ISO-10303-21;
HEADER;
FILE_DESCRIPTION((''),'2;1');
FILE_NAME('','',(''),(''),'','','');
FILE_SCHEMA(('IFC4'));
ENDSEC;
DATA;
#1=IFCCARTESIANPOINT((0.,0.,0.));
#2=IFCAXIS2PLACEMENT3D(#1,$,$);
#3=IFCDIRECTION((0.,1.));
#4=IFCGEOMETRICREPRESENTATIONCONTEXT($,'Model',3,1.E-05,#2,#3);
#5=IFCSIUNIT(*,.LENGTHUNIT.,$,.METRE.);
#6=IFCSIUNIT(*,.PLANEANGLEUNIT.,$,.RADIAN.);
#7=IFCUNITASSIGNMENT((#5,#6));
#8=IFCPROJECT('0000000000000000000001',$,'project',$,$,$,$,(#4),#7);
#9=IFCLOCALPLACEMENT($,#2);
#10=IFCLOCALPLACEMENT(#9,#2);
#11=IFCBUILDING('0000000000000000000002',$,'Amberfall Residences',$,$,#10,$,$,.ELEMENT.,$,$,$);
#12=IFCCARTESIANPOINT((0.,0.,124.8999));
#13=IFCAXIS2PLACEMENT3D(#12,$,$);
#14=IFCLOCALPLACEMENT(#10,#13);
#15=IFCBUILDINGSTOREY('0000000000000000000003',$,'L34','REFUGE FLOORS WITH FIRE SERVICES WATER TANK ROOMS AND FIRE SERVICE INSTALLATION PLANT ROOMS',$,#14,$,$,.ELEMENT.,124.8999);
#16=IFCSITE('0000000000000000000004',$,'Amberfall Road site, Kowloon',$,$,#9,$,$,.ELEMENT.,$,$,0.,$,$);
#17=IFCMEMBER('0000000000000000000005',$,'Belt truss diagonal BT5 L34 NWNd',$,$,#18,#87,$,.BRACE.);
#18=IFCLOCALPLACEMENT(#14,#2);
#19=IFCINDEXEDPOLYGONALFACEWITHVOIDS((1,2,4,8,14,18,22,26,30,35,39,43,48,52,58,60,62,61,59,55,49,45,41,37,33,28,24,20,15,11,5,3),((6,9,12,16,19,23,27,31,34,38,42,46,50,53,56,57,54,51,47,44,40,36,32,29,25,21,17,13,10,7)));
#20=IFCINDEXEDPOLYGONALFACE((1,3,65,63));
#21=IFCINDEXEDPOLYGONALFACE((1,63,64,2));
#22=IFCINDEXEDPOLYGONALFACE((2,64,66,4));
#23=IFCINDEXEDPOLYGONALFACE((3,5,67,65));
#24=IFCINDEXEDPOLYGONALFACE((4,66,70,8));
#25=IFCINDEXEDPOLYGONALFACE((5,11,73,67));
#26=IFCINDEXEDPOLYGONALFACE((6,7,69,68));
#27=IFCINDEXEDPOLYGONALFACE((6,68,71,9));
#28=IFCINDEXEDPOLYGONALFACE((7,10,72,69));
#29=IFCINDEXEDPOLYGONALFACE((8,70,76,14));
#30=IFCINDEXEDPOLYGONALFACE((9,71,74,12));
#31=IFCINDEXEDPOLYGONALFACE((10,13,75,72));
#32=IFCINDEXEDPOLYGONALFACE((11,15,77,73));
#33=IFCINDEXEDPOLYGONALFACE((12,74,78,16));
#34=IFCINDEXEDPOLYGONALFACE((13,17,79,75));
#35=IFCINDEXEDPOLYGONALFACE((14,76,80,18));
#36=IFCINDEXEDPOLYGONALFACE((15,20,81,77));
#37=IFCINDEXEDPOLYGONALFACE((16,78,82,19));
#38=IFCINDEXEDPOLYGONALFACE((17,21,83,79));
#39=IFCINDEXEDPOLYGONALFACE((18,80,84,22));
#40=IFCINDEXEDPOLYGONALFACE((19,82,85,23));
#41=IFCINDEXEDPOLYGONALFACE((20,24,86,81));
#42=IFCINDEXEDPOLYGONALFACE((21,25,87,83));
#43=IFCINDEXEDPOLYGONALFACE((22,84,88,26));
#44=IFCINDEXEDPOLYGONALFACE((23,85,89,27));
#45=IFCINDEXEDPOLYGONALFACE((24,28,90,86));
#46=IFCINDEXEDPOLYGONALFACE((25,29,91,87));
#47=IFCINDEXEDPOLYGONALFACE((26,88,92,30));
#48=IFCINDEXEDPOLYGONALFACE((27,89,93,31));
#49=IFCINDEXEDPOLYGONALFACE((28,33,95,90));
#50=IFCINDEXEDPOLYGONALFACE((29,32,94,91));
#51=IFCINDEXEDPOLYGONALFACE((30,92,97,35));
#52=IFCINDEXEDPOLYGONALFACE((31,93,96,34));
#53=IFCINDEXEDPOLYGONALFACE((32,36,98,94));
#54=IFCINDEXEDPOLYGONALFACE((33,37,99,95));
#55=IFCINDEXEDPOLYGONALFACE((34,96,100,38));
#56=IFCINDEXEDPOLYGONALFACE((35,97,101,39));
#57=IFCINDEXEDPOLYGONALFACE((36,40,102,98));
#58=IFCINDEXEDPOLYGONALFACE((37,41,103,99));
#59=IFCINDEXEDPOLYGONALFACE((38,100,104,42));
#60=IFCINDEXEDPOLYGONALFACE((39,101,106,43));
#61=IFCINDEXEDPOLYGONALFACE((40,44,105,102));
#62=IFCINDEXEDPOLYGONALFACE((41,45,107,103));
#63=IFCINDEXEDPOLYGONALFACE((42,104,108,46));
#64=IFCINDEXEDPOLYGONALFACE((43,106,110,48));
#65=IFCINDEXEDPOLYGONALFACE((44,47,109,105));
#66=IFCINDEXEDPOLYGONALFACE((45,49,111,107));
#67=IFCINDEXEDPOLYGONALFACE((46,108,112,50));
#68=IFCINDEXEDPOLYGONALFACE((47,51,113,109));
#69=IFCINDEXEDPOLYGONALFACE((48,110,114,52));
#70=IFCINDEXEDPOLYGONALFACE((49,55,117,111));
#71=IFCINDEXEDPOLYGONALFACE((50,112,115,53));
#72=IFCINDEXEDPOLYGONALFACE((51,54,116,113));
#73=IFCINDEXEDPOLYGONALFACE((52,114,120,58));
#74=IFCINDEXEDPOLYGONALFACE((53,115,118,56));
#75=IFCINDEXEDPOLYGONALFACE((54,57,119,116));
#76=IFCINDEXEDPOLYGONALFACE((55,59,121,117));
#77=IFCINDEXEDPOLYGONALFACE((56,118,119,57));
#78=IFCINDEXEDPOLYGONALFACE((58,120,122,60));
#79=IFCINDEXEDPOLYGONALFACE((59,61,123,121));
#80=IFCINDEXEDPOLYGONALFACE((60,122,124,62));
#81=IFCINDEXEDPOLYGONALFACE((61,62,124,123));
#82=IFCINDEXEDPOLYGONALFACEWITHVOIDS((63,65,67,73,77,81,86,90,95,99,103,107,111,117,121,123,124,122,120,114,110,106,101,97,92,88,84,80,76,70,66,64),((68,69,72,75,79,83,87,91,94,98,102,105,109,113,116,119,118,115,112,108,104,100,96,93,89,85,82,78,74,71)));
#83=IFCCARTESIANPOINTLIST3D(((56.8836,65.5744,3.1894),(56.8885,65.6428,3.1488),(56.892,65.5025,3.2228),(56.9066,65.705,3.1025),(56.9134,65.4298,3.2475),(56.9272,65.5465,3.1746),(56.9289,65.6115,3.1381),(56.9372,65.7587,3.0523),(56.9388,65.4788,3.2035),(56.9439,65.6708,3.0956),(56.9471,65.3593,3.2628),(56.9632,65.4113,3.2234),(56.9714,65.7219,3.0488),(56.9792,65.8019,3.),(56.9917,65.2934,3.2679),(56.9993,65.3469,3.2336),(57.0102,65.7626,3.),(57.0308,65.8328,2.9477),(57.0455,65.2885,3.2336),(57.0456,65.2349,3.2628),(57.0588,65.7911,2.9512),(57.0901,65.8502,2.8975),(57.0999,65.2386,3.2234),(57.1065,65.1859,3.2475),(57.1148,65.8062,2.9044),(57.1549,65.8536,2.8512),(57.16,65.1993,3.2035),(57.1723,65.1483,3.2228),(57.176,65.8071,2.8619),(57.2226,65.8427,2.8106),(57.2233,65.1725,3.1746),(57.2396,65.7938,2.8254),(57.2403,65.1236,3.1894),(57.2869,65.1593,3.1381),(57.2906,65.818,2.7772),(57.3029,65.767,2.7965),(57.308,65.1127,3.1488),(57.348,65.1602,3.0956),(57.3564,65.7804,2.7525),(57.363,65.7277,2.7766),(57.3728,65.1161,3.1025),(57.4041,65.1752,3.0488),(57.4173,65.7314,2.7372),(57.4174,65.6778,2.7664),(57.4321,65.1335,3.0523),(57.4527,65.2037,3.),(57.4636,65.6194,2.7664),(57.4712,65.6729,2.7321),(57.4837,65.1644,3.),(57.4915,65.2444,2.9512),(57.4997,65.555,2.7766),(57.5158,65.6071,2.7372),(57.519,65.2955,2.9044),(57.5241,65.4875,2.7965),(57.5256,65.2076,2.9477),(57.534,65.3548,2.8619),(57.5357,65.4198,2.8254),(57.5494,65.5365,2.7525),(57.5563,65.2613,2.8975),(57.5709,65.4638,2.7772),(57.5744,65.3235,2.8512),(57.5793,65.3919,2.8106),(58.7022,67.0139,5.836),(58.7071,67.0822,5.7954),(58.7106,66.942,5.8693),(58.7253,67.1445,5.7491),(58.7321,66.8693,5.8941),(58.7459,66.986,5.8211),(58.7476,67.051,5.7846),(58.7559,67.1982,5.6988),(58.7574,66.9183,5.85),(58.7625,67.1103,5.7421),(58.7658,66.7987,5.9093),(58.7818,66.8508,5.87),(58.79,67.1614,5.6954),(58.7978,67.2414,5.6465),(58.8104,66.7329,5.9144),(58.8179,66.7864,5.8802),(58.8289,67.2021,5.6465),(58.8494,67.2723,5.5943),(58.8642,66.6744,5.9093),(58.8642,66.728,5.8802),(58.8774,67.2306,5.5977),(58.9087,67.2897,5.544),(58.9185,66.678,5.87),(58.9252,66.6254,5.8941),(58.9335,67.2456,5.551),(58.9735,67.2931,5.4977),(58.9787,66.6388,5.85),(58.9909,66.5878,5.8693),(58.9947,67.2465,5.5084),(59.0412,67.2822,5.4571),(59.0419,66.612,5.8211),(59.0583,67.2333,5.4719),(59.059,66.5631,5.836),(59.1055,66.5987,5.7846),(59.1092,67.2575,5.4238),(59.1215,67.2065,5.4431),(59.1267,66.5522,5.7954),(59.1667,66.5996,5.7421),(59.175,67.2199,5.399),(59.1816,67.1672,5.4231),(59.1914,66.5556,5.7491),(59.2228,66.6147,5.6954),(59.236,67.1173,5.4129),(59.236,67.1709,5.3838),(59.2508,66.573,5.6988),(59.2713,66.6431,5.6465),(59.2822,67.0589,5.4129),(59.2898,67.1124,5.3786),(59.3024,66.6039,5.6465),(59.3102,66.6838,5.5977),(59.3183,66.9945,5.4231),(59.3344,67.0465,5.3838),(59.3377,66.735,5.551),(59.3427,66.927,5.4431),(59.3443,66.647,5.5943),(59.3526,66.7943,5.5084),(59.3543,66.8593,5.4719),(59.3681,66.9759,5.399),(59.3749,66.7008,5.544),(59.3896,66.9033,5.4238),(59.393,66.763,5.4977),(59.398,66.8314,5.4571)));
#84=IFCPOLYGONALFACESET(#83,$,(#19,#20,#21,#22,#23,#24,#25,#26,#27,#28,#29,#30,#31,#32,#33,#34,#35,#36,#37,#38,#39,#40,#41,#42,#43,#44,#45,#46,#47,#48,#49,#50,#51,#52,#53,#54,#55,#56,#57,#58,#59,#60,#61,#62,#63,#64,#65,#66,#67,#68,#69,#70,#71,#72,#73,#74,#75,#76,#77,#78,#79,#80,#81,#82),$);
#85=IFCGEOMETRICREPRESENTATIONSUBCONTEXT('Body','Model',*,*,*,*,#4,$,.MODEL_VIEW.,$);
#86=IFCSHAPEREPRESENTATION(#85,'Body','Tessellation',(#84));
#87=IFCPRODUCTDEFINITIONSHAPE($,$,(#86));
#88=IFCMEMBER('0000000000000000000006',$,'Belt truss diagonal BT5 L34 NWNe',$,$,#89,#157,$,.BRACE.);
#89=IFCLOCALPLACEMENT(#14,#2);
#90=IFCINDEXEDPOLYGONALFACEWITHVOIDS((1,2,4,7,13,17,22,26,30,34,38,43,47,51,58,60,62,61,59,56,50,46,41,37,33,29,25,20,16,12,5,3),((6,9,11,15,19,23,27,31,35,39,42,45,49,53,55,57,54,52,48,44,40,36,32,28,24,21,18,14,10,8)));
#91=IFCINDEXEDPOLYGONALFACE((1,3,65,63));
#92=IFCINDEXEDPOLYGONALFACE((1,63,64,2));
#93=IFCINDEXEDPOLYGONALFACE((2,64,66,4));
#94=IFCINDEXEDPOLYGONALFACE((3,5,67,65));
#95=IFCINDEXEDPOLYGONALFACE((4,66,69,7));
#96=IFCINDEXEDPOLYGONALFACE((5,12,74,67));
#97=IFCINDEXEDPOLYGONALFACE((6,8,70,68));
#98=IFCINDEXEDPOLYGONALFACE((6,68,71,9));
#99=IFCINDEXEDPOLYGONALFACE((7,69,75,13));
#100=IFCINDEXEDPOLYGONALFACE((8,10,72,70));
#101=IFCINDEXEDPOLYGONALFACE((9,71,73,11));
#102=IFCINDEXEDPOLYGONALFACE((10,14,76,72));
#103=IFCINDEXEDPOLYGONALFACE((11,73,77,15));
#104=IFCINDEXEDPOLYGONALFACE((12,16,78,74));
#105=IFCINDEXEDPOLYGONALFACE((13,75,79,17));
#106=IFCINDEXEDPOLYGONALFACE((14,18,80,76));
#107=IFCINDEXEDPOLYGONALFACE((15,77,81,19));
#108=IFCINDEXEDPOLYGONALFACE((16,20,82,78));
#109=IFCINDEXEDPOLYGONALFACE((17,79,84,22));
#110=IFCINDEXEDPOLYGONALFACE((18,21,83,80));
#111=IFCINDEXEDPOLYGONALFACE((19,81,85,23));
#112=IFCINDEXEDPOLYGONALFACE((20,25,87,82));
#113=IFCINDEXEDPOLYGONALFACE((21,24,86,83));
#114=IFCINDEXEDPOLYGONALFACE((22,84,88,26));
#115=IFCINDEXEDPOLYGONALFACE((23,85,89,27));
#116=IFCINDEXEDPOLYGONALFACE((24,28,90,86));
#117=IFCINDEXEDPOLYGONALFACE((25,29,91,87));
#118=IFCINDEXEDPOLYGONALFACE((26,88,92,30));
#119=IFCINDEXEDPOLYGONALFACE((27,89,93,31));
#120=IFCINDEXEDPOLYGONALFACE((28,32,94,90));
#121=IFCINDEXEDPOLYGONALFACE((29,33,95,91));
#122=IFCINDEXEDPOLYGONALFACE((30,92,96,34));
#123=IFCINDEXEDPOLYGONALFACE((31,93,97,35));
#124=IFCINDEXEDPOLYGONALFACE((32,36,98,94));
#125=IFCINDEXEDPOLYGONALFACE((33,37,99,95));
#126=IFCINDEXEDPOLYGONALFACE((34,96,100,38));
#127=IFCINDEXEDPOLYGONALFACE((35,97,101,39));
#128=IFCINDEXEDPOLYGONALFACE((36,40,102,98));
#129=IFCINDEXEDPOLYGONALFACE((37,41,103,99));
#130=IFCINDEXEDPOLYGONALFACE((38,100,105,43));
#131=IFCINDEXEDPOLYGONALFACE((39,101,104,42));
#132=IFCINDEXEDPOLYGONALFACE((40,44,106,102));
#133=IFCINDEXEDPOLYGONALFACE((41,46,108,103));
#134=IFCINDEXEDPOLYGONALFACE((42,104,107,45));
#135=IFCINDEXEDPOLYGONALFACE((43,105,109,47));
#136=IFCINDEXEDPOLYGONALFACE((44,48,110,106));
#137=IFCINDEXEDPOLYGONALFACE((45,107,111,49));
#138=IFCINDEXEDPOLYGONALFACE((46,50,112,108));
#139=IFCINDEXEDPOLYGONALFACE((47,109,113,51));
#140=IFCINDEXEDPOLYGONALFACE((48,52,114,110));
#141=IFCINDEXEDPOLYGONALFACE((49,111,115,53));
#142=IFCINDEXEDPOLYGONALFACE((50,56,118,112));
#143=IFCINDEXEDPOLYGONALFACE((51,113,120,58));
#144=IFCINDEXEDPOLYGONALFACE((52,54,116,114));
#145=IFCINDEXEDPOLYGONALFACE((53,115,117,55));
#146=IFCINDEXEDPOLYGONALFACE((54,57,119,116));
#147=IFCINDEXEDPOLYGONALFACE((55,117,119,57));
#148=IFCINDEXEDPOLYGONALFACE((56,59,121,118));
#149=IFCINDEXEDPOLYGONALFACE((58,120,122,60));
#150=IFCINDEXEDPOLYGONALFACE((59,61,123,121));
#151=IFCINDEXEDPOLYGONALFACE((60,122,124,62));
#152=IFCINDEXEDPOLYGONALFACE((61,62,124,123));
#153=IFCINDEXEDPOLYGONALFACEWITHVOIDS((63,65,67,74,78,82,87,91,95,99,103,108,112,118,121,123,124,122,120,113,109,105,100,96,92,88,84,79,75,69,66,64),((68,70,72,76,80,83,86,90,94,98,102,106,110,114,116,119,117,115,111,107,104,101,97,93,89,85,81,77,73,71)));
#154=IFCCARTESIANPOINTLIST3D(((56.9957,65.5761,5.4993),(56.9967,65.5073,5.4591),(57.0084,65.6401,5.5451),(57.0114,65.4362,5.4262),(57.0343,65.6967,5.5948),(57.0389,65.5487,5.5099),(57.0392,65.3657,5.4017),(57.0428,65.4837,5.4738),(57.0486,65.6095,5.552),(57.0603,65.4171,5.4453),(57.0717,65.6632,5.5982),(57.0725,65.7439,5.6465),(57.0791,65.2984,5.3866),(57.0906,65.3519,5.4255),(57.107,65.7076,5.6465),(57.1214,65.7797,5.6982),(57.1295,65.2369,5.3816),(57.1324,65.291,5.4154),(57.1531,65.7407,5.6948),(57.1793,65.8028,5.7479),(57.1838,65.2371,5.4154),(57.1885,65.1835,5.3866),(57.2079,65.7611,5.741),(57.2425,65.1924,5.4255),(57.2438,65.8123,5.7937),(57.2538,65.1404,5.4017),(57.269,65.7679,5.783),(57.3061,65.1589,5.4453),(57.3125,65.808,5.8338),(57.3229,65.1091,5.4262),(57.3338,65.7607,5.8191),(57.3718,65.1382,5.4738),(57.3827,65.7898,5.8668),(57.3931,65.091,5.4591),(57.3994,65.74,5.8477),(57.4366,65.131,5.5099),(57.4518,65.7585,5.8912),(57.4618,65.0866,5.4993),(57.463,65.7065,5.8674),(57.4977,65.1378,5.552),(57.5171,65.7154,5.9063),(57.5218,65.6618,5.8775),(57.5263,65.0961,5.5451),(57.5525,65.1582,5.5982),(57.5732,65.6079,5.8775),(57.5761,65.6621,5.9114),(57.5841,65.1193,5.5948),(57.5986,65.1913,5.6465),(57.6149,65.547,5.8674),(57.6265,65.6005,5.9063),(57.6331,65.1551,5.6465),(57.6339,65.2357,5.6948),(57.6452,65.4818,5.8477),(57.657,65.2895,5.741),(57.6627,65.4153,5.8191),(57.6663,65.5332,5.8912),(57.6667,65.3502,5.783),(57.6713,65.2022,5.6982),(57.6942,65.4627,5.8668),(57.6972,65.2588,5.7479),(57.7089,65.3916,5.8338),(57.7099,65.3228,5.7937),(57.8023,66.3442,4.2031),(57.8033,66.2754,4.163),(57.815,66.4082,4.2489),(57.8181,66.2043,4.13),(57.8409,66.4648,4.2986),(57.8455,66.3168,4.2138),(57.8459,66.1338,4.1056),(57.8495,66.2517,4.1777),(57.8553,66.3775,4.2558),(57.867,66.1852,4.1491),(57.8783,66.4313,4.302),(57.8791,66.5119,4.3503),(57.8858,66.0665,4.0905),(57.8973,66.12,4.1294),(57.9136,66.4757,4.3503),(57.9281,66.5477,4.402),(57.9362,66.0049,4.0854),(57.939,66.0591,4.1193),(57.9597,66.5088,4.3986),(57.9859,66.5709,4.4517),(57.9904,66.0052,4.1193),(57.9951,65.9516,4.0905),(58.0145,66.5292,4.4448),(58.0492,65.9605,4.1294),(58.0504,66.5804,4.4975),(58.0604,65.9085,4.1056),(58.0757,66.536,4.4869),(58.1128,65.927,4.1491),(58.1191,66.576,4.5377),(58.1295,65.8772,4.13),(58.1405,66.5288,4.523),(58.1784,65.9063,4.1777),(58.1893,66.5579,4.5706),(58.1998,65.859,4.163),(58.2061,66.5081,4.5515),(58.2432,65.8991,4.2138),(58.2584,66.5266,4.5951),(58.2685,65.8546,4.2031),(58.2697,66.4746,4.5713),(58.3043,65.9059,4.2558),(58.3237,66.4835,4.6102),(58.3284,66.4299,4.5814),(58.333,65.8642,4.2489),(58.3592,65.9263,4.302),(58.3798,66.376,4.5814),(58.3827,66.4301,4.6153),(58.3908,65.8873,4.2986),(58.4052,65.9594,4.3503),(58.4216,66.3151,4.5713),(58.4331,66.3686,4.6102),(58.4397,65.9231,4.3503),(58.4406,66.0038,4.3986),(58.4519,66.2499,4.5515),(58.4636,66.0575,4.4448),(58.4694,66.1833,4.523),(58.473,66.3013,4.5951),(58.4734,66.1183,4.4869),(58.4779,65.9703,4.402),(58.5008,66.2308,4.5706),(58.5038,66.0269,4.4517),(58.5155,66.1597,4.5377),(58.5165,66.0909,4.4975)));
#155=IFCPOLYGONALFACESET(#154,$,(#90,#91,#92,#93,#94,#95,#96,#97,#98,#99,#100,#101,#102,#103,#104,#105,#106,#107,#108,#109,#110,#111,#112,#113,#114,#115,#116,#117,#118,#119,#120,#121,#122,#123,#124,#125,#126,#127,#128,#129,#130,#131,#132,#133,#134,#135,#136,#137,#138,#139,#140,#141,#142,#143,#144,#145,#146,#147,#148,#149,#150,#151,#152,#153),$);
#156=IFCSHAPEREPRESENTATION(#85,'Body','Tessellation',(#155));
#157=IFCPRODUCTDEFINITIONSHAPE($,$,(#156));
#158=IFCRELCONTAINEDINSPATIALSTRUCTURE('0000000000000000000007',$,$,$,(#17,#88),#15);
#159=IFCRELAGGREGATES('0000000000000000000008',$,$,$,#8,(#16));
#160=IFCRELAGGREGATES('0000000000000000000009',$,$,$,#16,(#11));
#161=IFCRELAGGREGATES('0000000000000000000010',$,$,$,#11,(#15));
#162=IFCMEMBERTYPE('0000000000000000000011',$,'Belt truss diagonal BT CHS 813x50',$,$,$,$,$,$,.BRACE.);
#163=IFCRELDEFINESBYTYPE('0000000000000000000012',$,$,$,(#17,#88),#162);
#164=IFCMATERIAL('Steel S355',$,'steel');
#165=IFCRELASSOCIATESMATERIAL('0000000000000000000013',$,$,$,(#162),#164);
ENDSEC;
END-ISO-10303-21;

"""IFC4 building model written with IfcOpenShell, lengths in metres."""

from ifc_helpers import new_model, si_unit, direction, frame, origin, origin_2d, place, context, subcontext, project, spatial, hollow_circle, extrude, material, material_profile, profile_set, type_object, element, save


model = new_model("IFC4")

# Units and contexts
model_context = context("Model", 3, precision=1e-05, world=origin(), true_north=direction((0.0, 1.0)))
body_context = subcontext(model_context, "Body", "Model", "MODEL_VIEW")
ifc_project = project(units=[si_unit("LENGTHUNIT", "METRE"), si_unit("PLANEANGLEUNIT", "RADIAN")], contexts=[model_context])

# Site, building, storey
site_placement = place(None, origin())
site = spatial("IfcSite", under=ifc_project, at=site_placement, Name="Amberfall Road site, Kowloon", CompositionType="ELEMENT", RefElevation=0.0)
building_placement = place(site_placement, origin())
building = spatial("IfcBuilding", under=site, at=building_placement, Name="Amberfall Residences", CompositionType="ELEMENT")
storey_placement = place(building_placement, frame((0.0, 0.0, 124.8999)))
storey = spatial("IfcBuildingStorey", under=building, at=storey_placement, Name="L34", Description="REFUGE FLOORS WITH FIRE SERVICES WATER TANK ROOMS AND FIRE SERVICE INSTALLATION PLANT ROOMS", CompositionType="ELEMENT", Elevation=124.8999)

# Shared definitions
ifc_material_1 = material(Name="Steel S355", Category="steel")

# Members
ifc_material_profile_1 = material_profile(ifc_material_1, hollow_circle(Radius=0.4065, WallThickness=0.05, at=origin_2d()), Name="CHS 813x50")
ifc_profile_set_1 = profile_set([ifc_material_profile_1], Name="Steel S355")
member_type = type_object("IfcMemberType", Name="Belt truss diagonal BT CHS 813x50", PredefinedType="BRACE", material=ifc_profile_set_1)
member_1_placement = place(storey_placement, frame((57.2314, 65.4832, 3.0), z_axis=(0.516798, 0.409054, 0.75206), x_axis=(-0.62063, 0.784103, 0.0)))
element("IfcMember", 1, at=member_1_placement, inside=storey, type_object=member_type, Name="Belt truss diagonal BT5 L34 NWNd", PredefinedType="BRACE", context=body_context, shape_type="SweptSolid", body=[
    extrude(hollow_circle(Radius=0.4065, WallThickness=0.05, at=origin_2d()), origin(), (0.0, 0.0, 1.0), 3.519),
])
member_2_placement = place(storey_placement, frame((57.3528, 65.4495, 5.6465), z_axis=(0.472004, 0.449432, -0.758435), x_axis=(-0.689579, 0.724211, 0.0)))
element("IfcMember", 2, at=member_2_placement, inside=storey, type_object=member_type, Name="Belt truss diagonal BT5 L34 NWNe", PredefinedType="BRACE", context=body_context, shape_type="SweptSolid", body=[
    extrude(hollow_circle(Radius=0.4065, WallThickness=0.05, at=origin_2d()), origin(), (0.0, 0.0, 1.0), 1.709),
])

save(model, "model.ifc")
